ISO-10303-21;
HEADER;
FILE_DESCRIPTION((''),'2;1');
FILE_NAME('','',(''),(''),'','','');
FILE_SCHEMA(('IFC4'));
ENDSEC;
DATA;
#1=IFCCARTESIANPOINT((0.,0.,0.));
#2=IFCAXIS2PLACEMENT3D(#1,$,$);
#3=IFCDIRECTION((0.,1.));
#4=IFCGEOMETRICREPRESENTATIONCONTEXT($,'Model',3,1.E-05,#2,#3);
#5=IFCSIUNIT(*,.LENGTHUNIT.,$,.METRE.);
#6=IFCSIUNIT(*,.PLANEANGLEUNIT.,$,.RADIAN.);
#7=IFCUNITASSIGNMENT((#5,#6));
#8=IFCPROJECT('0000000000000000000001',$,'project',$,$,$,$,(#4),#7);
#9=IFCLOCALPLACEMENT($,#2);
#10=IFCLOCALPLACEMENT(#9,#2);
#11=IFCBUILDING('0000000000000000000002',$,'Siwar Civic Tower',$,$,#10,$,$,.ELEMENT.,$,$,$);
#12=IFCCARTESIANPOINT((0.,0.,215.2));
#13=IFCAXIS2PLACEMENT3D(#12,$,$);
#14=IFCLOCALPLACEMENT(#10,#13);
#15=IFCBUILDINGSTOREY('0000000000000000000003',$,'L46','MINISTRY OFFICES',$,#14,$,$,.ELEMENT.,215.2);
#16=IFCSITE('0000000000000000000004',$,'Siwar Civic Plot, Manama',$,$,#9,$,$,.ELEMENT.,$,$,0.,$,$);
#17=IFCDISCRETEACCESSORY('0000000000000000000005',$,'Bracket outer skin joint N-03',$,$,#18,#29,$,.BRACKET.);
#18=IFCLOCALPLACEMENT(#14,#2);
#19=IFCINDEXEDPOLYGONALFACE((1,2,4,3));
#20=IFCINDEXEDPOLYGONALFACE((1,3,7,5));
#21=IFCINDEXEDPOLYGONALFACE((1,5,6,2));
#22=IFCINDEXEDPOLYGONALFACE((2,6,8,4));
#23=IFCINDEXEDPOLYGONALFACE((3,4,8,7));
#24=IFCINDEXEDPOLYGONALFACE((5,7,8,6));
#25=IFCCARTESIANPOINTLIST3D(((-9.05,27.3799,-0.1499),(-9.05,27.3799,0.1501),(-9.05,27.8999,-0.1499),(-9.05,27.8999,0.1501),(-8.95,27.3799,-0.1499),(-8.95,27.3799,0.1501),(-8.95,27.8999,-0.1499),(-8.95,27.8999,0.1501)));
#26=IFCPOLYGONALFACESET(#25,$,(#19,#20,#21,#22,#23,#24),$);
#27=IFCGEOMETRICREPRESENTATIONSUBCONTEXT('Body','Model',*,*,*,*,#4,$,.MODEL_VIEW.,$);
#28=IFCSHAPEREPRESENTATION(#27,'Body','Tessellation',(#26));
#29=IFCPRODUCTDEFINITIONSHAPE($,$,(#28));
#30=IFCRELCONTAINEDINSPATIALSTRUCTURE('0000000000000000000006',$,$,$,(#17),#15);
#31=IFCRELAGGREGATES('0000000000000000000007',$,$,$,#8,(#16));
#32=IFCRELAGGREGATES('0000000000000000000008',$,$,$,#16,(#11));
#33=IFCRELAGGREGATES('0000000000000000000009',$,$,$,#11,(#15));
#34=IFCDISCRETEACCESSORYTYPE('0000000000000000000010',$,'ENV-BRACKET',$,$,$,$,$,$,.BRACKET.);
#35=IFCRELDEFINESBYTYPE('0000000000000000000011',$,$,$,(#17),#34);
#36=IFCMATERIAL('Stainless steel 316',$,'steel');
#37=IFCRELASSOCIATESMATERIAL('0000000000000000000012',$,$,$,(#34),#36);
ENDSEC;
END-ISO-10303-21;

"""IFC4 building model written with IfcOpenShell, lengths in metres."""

from ifc_helpers import new_model, si_unit, direction, frame, origin, origin_2d, place, context, subcontext, project, spatial, rectangle, extrude, material, type_object, element, save


model = new_model("IFC4")

# Units and contexts
model_context = context("Model", 3, precision=1e-05, world=origin(), true_north=direction((0.0, 1.0)))
body_context = subcontext(model_context, "Body", "Model", "MODEL_VIEW")
ifc_project = project(units=[si_unit("LENGTHUNIT", "METRE"), si_unit("PLANEANGLEUNIT", "RADIAN")], contexts=[model_context])

# Site, building, storey
site_placement = place(None, origin())
site = spatial("IfcSite", under=ifc_project, at=site_placement, Name="Siwar Civic Plot, Manama", CompositionType="ELEMENT", RefElevation=0.0)
building_placement = place(site_placement, origin())
building = spatial("IfcBuilding", under=site, at=building_placement, Name="Siwar Civic Tower", CompositionType="ELEMENT")
storey_placement = place(building_placement, frame((0.0, 0.0, 215.2)))
storey = spatial("IfcBuildingStorey", under=building, at=storey_placement, Name="L46", Description="MINISTRY OFFICES", CompositionType="ELEMENT", Elevation=215.2)

# Discrete accessory
ifc_material_1 = material(Name="Stainless steel 316", Category="steel")
discrete_accessory_type = type_object("IfcDiscreteAccessoryType", Name="ENV-BRACKET", PredefinedType="BRACKET", material=ifc_material_1)
discrete_accessory_placement = place(storey_placement, frame((-9.0, 27.6399, -0.1499), z_axis=(0.0, 0.0, 1.0), x_axis=(0.0, 1.0, 0.0)))
element("IfcDiscreteAccessory", 1, at=discrete_accessory_placement, inside=storey, type_object=discrete_accessory_type, Name="Bracket outer skin joint N-03", PredefinedType="BRACKET", context=body_context, shape_type="SweptSolid", body=[
    extrude(rectangle(XDim=0.52, YDim=0.1001, at=origin_2d()), origin(), (0.0, 0.0, 1.0), 0.3),
])

save(model, "model.ifc")
